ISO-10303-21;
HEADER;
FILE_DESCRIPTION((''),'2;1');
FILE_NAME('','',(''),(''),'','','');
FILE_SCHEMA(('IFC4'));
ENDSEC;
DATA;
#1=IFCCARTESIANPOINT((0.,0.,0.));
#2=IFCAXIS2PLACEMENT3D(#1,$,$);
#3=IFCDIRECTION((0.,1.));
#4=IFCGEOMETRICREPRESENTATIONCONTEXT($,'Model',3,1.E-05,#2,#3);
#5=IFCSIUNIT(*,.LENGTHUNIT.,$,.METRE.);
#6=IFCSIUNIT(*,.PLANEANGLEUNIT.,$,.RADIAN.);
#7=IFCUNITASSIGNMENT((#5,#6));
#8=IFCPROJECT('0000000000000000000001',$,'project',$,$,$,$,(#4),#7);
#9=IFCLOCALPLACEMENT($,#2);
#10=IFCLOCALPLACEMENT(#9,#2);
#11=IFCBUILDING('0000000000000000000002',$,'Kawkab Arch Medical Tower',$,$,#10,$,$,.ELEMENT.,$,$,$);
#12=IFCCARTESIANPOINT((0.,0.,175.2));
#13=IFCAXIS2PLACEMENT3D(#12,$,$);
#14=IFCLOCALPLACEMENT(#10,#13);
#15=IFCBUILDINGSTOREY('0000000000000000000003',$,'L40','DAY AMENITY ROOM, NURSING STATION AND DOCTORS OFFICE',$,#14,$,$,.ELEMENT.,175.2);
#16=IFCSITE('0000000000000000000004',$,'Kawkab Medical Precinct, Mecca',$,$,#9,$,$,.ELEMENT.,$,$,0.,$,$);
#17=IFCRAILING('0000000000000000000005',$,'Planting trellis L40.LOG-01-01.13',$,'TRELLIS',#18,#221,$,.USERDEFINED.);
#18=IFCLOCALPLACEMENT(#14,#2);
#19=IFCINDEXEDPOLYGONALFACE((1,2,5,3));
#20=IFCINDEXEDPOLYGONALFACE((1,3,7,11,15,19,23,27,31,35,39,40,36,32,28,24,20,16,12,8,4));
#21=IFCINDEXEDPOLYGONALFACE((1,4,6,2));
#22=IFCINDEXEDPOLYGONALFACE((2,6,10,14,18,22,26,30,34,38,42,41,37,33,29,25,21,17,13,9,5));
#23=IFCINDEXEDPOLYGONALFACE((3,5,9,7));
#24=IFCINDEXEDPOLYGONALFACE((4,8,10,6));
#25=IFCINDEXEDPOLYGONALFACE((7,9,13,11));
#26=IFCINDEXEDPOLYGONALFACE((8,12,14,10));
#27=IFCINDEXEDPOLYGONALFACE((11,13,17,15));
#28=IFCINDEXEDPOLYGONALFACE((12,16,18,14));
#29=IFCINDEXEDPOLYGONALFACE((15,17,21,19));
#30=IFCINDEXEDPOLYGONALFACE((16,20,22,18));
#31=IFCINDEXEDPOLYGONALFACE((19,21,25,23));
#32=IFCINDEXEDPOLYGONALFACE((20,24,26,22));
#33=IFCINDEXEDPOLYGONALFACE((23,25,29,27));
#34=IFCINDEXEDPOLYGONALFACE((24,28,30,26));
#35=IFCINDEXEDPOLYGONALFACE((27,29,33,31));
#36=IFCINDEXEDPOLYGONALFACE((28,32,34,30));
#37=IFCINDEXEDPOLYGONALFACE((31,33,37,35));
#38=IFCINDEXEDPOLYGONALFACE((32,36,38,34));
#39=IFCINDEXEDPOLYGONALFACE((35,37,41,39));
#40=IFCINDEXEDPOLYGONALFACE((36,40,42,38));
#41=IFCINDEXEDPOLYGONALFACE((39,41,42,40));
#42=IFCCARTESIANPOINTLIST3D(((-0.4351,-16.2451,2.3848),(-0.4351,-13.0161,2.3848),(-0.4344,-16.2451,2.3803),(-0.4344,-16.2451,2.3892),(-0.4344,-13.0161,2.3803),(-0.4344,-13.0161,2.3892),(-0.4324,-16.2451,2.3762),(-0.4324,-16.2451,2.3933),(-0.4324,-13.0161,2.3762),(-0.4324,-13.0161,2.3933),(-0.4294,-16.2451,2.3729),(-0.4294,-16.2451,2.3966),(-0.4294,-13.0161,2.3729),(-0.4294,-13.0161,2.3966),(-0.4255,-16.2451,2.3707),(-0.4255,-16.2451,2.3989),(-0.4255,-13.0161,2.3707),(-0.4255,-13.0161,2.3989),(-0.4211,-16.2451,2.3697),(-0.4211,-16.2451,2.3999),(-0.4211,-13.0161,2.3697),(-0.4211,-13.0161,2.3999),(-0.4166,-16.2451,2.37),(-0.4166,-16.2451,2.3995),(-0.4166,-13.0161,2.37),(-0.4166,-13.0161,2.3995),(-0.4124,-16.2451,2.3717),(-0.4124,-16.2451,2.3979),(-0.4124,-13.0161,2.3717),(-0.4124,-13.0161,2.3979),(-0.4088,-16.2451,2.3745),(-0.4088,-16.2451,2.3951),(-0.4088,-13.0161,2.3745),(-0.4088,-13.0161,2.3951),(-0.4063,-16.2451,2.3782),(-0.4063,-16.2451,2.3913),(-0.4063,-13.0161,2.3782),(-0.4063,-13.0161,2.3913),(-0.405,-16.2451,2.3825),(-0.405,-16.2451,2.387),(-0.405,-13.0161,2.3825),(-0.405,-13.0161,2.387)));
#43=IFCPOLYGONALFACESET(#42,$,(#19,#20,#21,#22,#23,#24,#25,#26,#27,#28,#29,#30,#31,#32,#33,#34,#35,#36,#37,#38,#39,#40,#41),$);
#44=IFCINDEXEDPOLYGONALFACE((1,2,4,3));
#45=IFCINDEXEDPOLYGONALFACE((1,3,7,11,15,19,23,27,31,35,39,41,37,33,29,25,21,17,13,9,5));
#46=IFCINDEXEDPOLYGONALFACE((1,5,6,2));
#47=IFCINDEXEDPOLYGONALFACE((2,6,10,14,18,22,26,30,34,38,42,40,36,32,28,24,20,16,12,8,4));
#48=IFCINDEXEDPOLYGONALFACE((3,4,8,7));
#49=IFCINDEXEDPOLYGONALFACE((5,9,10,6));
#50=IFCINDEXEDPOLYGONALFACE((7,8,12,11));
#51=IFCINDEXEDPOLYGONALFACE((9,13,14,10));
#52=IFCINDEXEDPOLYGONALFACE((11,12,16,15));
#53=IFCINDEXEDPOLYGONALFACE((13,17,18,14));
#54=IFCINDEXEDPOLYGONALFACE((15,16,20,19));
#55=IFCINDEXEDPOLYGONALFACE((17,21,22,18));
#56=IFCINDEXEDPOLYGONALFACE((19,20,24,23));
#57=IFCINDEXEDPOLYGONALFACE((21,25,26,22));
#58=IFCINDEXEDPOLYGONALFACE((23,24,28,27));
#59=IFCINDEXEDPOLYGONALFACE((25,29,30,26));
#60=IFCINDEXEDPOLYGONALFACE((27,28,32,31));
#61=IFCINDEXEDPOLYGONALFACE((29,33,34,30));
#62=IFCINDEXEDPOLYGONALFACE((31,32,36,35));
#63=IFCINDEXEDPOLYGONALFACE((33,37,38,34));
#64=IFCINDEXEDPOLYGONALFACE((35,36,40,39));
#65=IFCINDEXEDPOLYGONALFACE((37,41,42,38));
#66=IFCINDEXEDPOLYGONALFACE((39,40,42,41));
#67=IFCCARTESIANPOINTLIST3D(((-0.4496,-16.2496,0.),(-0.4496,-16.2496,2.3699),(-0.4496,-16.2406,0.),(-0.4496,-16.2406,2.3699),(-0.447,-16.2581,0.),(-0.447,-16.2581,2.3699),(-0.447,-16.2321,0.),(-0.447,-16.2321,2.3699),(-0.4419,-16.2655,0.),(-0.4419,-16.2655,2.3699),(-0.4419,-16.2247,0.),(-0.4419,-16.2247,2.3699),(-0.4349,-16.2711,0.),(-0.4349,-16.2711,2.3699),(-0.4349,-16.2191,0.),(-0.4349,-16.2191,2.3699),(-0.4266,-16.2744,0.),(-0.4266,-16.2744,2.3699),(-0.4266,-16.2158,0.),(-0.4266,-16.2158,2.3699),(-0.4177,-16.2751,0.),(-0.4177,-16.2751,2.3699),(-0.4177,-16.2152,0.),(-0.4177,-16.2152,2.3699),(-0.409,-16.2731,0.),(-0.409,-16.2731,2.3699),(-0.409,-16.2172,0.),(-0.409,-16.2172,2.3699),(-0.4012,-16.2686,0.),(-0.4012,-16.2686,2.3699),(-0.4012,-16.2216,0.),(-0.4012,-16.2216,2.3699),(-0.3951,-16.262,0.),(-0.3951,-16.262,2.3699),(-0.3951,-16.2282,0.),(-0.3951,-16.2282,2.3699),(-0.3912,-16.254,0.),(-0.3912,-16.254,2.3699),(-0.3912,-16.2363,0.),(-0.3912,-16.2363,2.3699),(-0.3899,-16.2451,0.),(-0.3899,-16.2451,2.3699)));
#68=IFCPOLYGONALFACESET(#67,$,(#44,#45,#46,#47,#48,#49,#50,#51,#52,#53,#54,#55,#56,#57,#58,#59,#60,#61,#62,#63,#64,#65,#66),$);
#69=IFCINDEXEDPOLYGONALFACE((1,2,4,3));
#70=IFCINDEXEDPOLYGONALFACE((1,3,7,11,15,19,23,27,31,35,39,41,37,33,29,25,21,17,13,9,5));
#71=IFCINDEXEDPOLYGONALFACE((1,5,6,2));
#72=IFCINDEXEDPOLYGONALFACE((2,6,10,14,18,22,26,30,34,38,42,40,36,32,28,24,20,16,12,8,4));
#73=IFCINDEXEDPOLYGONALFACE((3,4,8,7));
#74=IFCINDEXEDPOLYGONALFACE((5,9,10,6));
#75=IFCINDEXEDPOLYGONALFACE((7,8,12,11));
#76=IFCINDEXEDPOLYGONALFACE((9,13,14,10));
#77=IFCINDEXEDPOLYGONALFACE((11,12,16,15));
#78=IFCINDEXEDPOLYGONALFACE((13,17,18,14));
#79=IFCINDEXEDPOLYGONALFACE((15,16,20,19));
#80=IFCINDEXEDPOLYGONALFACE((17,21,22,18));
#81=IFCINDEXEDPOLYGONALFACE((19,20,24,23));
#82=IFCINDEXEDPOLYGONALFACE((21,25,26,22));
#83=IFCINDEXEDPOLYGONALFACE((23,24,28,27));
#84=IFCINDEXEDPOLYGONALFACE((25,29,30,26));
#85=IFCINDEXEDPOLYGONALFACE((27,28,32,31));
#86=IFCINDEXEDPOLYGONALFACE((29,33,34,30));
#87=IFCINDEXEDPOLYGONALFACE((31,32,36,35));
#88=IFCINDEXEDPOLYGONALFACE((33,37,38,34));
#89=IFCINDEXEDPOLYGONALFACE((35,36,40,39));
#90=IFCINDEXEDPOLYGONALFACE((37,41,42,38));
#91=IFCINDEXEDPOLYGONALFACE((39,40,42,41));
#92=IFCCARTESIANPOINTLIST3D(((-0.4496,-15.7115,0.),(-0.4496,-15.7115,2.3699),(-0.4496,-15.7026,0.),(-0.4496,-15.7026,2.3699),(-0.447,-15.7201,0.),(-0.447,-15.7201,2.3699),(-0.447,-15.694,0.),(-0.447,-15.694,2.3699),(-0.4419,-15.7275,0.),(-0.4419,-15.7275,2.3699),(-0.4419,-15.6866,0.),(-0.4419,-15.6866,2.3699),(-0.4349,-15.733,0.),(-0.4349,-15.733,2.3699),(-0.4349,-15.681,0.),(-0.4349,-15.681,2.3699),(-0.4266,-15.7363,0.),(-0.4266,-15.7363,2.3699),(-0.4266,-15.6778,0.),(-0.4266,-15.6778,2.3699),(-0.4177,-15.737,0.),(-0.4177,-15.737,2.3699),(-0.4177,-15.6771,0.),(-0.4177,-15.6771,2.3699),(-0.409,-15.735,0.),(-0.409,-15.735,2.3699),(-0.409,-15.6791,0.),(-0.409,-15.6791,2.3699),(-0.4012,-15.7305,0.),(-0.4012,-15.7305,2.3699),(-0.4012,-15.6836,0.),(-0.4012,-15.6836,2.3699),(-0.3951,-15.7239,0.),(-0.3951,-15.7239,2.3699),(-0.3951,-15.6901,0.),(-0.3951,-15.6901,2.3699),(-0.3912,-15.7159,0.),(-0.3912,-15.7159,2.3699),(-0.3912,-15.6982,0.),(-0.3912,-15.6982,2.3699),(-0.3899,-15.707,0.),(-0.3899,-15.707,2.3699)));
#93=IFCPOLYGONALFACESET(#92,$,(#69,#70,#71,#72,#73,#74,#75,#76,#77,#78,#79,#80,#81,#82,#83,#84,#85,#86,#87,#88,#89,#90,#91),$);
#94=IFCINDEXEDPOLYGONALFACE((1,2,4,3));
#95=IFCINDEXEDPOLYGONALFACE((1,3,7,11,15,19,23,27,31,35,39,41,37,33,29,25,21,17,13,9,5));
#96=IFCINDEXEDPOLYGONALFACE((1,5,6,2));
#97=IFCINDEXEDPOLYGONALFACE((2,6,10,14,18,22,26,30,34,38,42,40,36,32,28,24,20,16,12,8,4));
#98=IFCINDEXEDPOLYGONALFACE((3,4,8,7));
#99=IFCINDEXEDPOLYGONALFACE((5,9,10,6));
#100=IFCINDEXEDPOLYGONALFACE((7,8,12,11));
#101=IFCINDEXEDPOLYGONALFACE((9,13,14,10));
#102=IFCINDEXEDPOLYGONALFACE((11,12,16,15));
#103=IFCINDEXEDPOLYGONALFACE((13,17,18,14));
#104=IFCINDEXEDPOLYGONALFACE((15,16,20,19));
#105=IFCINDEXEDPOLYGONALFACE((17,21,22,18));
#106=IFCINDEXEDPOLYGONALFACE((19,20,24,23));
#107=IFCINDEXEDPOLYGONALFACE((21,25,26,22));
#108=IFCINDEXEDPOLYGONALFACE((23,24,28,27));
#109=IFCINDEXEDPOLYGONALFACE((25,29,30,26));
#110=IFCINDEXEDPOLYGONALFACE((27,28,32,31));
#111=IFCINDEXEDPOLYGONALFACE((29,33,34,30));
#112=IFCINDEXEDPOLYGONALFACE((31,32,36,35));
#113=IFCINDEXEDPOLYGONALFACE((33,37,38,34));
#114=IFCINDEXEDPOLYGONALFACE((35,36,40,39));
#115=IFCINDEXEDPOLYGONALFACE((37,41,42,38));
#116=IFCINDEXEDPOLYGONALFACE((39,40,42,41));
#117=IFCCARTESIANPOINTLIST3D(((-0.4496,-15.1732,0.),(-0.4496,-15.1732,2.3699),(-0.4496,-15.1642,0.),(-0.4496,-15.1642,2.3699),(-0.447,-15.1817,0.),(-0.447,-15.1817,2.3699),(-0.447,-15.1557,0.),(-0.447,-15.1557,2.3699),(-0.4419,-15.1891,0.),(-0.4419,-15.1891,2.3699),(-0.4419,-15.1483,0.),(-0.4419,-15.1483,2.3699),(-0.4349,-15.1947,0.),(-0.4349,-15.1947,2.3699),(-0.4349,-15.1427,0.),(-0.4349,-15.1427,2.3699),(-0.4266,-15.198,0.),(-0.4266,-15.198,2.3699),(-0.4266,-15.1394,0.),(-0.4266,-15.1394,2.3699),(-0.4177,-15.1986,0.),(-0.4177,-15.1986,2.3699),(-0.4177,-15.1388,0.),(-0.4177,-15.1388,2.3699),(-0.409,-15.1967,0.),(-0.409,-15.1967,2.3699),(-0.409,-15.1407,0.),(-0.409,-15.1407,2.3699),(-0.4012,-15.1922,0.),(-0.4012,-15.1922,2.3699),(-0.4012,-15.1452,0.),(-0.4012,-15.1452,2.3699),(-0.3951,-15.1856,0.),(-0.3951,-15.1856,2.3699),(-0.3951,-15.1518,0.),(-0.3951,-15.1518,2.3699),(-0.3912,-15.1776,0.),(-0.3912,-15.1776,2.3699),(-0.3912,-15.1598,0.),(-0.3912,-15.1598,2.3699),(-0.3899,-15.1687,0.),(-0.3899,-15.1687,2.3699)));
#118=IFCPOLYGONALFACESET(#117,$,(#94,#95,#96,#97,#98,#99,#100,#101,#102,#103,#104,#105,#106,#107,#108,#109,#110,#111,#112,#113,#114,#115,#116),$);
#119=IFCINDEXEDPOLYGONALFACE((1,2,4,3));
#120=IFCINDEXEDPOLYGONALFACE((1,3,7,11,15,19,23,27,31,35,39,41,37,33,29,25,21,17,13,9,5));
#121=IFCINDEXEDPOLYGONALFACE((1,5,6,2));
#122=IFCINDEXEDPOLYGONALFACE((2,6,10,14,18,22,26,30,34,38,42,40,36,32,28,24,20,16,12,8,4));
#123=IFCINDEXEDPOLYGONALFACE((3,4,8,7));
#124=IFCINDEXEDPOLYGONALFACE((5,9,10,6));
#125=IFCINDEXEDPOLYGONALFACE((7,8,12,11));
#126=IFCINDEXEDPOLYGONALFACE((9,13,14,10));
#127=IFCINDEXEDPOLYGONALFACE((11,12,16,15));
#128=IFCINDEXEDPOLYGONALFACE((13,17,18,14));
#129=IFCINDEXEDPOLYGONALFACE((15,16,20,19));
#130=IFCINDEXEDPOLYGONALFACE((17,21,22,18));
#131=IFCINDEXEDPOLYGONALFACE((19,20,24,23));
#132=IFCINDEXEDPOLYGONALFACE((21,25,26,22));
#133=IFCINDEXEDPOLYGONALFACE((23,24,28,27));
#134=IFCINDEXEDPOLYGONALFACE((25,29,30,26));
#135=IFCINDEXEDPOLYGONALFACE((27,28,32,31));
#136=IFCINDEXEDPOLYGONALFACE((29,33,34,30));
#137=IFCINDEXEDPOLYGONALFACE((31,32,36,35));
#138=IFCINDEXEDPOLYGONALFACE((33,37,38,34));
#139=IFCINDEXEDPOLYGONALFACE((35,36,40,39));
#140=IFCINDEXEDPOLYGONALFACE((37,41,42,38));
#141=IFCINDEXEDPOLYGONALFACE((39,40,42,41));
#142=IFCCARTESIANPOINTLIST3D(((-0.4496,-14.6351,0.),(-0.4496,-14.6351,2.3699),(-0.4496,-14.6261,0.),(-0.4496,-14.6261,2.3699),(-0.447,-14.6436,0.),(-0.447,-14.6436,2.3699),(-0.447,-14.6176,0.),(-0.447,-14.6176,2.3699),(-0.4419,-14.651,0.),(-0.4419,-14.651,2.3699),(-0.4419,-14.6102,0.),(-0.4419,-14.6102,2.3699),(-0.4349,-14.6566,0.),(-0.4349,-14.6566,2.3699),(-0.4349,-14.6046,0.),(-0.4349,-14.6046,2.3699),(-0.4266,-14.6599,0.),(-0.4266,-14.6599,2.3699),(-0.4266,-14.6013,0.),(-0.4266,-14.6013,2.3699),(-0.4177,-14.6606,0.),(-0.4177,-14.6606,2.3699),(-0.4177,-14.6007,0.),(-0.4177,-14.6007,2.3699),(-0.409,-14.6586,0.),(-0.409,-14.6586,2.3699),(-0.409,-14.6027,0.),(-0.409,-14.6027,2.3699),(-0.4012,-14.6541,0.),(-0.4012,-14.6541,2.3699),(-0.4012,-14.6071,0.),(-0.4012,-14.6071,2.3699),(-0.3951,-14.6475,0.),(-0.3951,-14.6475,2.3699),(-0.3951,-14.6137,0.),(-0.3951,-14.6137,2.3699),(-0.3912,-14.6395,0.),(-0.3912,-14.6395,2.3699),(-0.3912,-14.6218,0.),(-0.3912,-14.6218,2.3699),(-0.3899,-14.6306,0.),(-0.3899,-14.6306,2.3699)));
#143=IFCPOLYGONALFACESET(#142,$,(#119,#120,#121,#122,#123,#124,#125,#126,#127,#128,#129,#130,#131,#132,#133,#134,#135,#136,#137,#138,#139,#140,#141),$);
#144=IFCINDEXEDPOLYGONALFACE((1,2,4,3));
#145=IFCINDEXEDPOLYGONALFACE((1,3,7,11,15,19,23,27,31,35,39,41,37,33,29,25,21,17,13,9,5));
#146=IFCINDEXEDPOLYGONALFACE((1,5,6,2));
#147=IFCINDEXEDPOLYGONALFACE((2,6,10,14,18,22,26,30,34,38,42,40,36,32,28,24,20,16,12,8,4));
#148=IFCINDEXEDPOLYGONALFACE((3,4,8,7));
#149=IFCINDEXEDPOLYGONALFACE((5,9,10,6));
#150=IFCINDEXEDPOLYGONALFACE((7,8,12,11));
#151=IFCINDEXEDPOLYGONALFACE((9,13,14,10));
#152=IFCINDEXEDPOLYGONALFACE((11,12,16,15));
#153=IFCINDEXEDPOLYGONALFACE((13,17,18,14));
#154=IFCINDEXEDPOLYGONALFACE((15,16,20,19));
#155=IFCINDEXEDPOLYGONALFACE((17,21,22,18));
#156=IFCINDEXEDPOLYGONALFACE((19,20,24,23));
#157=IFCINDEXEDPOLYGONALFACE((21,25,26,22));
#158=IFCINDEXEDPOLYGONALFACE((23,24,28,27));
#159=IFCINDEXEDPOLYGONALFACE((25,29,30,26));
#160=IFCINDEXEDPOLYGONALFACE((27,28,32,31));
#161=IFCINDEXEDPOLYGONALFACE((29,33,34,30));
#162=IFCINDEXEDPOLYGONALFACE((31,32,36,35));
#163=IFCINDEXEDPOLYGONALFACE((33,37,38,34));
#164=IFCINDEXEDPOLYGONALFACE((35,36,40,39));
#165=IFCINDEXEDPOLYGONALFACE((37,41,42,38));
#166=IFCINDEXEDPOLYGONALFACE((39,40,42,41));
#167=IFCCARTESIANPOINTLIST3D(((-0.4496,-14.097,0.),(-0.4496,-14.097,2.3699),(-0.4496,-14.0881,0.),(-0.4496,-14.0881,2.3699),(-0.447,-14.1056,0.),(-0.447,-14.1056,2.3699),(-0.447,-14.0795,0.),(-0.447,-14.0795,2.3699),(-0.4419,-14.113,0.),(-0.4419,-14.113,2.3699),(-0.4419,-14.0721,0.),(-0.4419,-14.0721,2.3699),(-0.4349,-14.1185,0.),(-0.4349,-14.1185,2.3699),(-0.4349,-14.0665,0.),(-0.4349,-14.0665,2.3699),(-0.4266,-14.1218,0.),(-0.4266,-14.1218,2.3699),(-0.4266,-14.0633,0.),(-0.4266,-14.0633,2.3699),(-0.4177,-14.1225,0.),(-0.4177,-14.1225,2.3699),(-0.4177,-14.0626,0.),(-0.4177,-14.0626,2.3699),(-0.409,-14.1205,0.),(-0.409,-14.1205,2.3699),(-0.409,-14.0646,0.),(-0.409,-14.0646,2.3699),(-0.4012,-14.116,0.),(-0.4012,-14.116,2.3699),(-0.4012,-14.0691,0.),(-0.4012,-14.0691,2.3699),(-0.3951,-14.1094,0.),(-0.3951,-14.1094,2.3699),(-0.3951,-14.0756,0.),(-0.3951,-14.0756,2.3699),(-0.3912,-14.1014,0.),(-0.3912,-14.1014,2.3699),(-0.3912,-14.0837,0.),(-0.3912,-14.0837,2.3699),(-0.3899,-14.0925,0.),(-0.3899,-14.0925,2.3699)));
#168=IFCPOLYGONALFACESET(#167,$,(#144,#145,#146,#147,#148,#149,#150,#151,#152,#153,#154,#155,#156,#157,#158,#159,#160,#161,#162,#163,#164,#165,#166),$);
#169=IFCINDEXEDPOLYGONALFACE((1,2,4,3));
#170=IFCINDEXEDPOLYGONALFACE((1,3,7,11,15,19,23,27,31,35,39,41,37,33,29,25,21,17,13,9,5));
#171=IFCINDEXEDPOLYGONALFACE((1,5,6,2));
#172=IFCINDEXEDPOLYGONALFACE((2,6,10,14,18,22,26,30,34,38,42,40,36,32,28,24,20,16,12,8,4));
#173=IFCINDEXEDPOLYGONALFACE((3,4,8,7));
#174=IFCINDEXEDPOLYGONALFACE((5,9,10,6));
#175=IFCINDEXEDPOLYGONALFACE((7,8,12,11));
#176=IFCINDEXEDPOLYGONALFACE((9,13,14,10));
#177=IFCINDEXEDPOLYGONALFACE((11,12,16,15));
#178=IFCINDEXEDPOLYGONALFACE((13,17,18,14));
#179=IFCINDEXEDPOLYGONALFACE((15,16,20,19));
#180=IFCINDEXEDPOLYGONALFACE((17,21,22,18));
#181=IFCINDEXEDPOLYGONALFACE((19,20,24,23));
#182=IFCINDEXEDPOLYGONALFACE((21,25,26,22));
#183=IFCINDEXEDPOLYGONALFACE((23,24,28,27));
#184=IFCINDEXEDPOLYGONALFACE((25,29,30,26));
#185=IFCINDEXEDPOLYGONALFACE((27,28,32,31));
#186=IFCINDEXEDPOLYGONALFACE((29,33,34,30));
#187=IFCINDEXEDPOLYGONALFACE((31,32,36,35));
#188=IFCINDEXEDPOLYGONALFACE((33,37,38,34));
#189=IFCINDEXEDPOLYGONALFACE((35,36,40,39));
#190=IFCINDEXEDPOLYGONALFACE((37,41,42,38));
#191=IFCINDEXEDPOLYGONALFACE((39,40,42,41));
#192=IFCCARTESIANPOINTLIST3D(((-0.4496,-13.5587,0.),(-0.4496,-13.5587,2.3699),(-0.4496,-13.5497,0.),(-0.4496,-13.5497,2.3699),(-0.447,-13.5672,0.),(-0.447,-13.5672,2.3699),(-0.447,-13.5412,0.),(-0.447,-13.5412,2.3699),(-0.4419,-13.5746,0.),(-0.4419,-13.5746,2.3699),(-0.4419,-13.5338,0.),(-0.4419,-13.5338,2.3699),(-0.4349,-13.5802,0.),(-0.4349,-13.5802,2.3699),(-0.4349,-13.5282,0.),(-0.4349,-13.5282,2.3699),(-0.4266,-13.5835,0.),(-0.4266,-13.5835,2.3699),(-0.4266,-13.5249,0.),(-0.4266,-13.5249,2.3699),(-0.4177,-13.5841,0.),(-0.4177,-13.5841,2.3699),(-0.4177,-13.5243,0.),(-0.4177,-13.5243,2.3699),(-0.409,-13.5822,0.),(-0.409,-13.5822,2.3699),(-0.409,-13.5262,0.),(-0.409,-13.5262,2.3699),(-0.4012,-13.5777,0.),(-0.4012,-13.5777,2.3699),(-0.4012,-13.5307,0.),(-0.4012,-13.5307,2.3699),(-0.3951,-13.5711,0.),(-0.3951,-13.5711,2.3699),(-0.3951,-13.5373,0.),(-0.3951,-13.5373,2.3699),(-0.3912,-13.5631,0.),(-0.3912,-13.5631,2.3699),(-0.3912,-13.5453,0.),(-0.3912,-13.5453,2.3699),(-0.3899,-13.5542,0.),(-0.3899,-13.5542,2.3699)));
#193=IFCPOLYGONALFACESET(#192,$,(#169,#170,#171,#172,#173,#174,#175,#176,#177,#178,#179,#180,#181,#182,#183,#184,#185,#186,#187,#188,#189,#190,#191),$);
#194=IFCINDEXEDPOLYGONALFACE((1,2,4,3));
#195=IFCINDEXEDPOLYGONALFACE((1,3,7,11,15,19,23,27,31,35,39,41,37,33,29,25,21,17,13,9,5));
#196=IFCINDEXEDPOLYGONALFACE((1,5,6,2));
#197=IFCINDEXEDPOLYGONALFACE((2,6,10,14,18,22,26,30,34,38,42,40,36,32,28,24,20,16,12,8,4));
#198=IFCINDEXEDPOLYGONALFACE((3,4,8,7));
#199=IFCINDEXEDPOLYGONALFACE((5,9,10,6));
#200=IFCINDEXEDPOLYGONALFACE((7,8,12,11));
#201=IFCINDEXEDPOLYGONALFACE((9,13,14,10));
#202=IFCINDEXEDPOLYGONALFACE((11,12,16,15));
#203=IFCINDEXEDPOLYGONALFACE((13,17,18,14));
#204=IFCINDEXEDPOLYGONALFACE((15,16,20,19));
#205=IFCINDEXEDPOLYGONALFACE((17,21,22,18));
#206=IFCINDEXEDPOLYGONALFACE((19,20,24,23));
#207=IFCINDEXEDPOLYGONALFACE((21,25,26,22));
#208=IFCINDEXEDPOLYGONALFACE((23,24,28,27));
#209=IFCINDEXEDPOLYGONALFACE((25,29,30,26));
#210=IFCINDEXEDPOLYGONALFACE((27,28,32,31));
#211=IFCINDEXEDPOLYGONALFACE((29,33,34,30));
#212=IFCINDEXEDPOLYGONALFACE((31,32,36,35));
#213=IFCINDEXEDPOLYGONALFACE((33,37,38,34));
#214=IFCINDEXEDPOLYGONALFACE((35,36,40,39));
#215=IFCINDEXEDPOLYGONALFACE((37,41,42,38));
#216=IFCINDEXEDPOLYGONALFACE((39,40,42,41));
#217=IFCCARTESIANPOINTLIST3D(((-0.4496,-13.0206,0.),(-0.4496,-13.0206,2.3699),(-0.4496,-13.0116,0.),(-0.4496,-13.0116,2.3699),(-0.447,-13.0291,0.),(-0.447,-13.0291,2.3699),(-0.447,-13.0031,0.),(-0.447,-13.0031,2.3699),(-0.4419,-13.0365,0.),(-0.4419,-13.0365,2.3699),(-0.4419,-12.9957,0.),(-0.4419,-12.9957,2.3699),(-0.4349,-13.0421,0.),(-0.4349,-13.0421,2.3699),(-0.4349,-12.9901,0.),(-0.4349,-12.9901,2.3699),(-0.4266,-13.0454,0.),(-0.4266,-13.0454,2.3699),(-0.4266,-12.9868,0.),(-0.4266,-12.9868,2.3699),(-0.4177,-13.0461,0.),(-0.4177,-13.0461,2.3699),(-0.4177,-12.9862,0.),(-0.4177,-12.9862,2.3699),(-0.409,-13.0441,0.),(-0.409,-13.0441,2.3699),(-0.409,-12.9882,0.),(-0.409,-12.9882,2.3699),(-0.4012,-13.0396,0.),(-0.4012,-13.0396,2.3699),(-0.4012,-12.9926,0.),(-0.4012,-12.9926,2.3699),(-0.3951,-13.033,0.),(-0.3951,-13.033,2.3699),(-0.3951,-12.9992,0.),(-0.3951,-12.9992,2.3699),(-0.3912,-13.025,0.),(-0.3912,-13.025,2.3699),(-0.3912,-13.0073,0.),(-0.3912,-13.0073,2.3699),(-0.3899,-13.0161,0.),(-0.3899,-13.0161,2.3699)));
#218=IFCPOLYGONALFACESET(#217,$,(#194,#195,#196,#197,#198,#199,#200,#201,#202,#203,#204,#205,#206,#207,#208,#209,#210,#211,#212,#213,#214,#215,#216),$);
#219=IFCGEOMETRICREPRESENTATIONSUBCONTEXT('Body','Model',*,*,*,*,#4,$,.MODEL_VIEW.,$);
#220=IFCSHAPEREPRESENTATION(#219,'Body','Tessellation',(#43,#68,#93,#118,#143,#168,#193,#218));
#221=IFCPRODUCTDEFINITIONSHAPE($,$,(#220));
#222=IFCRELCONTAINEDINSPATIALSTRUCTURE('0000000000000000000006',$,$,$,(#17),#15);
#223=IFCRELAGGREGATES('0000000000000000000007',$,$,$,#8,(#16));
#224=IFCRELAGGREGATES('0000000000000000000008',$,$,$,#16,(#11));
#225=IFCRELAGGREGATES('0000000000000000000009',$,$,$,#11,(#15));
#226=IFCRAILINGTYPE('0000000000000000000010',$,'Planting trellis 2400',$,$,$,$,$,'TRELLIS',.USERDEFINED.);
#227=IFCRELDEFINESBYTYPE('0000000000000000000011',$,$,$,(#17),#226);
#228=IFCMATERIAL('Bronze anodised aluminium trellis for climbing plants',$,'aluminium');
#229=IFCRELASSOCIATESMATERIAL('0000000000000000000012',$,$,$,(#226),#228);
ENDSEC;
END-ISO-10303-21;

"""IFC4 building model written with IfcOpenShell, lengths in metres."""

from ifc_helpers import new_model, si_unit, direction, frame, origin, origin_2d, place, context, subcontext, project, spatial, circle, extrude, material, type_object, element, save


model = new_model("IFC4")

# Units and contexts
model_context = context("Model", 3, precision=1e-05, world=origin(), true_north=direction((0.0, 1.0)))
body_context = subcontext(model_context, "Body", "Model", "MODEL_VIEW")
ifc_project = project(units=[si_unit("LENGTHUNIT", "METRE"), si_unit("PLANEANGLEUNIT", "RADIAN")], contexts=[model_context])

# Site, building, storey
site_placement = place(None, origin())
site = spatial("IfcSite", under=ifc_project, at=site_placement, Name="Kawkab Medical Precinct, Mecca", CompositionType="ELEMENT", RefElevation=0.0)
building_placement = place(site_placement, origin())
building = spatial("IfcBuilding", under=site, at=building_placement, Name="Kawkab Arch Medical Tower", CompositionType="ELEMENT")
storey_placement = place(building_placement, frame((0.0, 0.0, 175.2)))
storey = spatial("IfcBuildingStorey", under=building, at=storey_placement, Name="L40", Description="DAY AMENITY ROOM, NURSING STATION AND DOCTORS OFFICE", CompositionType="ELEMENT", Elevation=175.2)

# Railing
ifc_material_1 = material(Name="Bronze anodised aluminium trellis for climbing plants", Category="aluminium")
railing_type_1 = type_object("IfcRailingType", Name="Planting trellis 2400", ElementType="TRELLIS", PredefinedType="USERDEFINED", material=ifc_material_1)
railing_1_placement = place(storey_placement, frame((-0.4199, -16.2451, 0.0)))
element("IfcRailing", 1, at=railing_1_placement, inside=storey, type_object=railing_type_1, Name="Planting trellis L40.LOG-01-01.13", ObjectType="TRELLIS", PredefinedType="USERDEFINED", context=body_context, shape_type="SweptSolid", body=[
    extrude(circle(Radius=0.0151, at=origin_2d()), frame((0.0, 0.0, 2.3848), z_axis=(0.0, 1.0, 0.0), x_axis=(-1.0, 0.0, 0.0)), (0.0, 0.0, 1.0), 3.229),
    extrude(circle(Radius=0.03, at=origin_2d()), origin(), (0.0, 0.0, 1.0), 2.3699),
    extrude(circle(Radius=0.03, at=origin_2d()), frame((0.0, 0.5381, 0.0)), (0.0, 0.0, 1.0), 2.3699),
    extrude(circle(Radius=0.03, at=origin_2d()), frame((0.0, 1.0764, 0.0)), (0.0, 0.0, 1.0), 2.3699),
    extrude(circle(Radius=0.03, at=origin_2d()), frame((0.0, 1.6145, 0.0)), (0.0, 0.0, 1.0), 2.3699),
    extrude(circle(Radius=0.03, at=origin_2d()), frame((0.0, 2.1526, 0.0)), (0.0, 0.0, 1.0), 2.3699),
    extrude(circle(Radius=0.03, at=origin_2d()), frame((0.0, 2.6909, 0.0)), (0.0, 0.0, 1.0), 2.3699),
    extrude(circle(Radius=0.03, at=origin_2d()), frame((0.0, 3.229, 0.0)), (0.0, 0.0, 1.0), 2.3699),
])

save(model, "model.ifc")
